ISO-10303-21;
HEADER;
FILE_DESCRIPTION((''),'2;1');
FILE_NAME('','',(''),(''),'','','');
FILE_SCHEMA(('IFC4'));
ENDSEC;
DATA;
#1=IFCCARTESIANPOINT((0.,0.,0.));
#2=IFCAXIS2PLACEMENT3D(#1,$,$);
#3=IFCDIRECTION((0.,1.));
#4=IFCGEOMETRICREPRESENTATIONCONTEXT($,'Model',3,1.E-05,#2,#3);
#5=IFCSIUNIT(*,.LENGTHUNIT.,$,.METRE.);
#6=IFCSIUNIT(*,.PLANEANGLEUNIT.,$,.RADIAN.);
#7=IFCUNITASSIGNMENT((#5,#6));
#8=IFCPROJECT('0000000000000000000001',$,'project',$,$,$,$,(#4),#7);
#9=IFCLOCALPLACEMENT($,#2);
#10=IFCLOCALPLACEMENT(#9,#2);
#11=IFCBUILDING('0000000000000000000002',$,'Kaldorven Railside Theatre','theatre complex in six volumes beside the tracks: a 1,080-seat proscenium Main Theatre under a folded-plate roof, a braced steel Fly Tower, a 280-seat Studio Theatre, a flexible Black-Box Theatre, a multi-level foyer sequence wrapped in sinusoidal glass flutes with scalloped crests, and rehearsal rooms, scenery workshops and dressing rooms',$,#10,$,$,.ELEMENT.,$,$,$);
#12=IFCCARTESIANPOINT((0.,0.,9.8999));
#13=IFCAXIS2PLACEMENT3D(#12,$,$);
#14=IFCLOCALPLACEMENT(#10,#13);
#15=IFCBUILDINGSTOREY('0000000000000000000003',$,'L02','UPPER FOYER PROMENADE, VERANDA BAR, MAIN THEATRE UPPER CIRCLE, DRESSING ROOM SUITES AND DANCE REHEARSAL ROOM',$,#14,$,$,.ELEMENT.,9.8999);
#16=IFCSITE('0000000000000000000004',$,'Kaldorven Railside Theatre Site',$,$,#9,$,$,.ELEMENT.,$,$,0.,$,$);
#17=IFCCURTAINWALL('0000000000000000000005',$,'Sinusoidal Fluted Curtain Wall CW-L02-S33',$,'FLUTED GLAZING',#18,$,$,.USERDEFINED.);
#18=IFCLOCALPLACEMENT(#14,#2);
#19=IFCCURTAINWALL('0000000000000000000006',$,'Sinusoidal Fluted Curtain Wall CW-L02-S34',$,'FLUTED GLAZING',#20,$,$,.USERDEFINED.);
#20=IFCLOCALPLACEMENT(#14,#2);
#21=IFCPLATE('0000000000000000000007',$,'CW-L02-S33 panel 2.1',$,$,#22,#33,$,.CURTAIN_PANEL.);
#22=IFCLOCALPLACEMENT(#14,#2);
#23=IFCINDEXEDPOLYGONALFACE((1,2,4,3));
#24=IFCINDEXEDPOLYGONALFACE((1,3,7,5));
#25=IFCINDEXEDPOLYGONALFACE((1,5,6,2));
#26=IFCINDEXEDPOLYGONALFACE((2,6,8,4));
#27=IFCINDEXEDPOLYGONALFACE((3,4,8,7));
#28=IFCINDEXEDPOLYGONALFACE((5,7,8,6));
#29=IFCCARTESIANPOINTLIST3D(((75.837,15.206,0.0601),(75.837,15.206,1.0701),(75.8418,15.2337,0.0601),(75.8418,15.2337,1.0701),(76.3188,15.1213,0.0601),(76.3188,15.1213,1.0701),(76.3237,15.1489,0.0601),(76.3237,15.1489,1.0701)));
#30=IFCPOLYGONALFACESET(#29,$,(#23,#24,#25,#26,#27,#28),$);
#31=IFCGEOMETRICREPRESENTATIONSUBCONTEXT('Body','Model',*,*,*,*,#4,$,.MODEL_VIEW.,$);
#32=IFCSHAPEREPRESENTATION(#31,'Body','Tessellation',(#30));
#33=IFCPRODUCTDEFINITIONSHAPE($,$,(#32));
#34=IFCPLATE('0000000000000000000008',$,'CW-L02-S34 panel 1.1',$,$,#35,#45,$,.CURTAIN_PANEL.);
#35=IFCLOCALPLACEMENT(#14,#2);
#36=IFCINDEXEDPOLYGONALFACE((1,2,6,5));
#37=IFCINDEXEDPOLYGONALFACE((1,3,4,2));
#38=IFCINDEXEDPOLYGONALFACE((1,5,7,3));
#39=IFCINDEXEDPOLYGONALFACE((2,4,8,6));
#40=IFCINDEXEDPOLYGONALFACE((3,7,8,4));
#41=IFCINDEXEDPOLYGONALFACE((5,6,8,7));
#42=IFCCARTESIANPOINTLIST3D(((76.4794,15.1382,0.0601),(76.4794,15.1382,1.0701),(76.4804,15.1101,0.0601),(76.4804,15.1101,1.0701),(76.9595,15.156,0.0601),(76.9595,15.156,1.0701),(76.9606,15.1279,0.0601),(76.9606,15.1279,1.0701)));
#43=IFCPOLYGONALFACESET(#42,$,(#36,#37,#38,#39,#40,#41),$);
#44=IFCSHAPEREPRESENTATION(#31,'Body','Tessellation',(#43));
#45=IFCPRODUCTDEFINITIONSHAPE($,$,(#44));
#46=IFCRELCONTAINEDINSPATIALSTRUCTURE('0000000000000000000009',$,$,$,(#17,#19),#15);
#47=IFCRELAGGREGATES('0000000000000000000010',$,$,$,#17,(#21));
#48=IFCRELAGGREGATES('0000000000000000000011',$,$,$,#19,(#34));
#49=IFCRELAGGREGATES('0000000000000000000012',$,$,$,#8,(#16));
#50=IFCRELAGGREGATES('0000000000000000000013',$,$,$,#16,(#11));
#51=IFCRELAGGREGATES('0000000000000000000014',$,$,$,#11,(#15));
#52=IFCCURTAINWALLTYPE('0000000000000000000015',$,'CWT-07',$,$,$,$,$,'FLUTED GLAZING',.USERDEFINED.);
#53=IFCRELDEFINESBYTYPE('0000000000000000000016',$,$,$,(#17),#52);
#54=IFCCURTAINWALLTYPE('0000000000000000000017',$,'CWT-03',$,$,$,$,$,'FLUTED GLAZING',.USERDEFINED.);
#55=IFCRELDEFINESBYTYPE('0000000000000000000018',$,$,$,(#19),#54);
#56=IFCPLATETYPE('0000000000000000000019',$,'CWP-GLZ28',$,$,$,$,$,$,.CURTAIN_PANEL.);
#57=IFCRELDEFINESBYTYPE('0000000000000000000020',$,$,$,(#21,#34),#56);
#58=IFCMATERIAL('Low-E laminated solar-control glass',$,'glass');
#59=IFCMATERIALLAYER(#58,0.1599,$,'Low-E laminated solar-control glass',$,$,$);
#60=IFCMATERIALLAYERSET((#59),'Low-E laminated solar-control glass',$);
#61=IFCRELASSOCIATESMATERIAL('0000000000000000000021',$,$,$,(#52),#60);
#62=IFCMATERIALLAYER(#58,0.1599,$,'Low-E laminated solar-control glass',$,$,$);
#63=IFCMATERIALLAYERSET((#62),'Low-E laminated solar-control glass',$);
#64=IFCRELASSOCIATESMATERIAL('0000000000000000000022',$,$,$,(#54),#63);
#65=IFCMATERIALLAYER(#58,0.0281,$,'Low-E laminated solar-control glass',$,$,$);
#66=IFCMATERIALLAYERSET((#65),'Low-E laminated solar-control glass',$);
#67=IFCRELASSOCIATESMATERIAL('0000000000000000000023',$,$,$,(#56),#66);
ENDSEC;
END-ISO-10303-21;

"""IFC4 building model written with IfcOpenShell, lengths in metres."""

from ifc_helpers import new_model, si_unit, direction, frame, origin, origin_2d, place, context, subcontext, project, spatial, rectangle, extrude, material, layer, layer_set, type_object, element, aggregate, save


model = new_model("IFC4")

# Units and contexts
model_context = context("Model", 3, precision=1e-05, world=origin(), true_north=direction((0.0, 1.0)))
body_context = subcontext(model_context, "Body", "Model", "MODEL_VIEW")
ifc_project = project(units=[si_unit("LENGTHUNIT", "METRE"), si_unit("PLANEANGLEUNIT", "RADIAN")], contexts=[model_context])

# Site, building, storey
site_placement = place(None, origin())
site = spatial("IfcSite", under=ifc_project, at=site_placement, Name="Kaldorven Railside Theatre Site", CompositionType="ELEMENT", RefElevation=0.0)
building_placement = place(site_placement, origin())
building = spatial("IfcBuilding", under=site, at=building_placement, Name="Kaldorven Railside Theatre", Description="theatre complex in six volumes beside the tracks: a 1,080-seat proscenium Main Theatre under a folded-plate roof, a braced steel Fly Tower, a 280-seat Studio Theatre, a flexible Black-Box Theatre, a multi-level foyer sequence wrapped in sinusoidal glass flutes with scalloped crests, and rehearsal rooms, scenery workshops and dressing rooms", CompositionType="ELEMENT")
storey_placement = place(building_placement, frame((0.0, 0.0, 9.8999)))
storey = spatial("IfcBuildingStorey", under=building, at=storey_placement, Name="L02", Description="UPPER FOYER PROMENADE, VERANDA BAR, MAIN THEATRE UPPER CIRCLE, DRESSING ROOM SUITES AND DANCE REHEARSAL ROOM", CompositionType="ELEMENT", Elevation=9.8999)

# Curtain walls
ifc_material_1 = material(Name="Low-E laminated solar-control glass", Category="glass")
ifc_layer_1 = layer(ifc_material_1, 0.1599, Name="Low-E laminated solar-control glass")
ifc_layer_set_1 = layer_set([ifc_layer_1], Name="Low-E laminated solar-control glass")
curtain_wall_type_1 = type_object("IfcCurtainWallType", Name="CWT-07", ElementType="FLUTED GLAZING", PredefinedType="USERDEFINED", material=ifc_layer_set_1)
curtain_wall_1_placement = place(storey_placement, origin())
curtain_wall_1 = element("IfcCurtainWall", 1, at=curtain_wall_1_placement, inside=storey, type_object=curtain_wall_type_1, Name="Sinusoidal Fluted Curtain Wall CW-L02-S33", ObjectType="FLUTED GLAZING", PredefinedType="USERDEFINED")
ifc_layer_2 = layer(ifc_material_1, 0.1599, Name="Low-E laminated solar-control glass")
ifc_layer_set_2 = layer_set([ifc_layer_2], Name="Low-E laminated solar-control glass")
curtain_wall_type_2 = type_object("IfcCurtainWallType", Name="CWT-03", ElementType="FLUTED GLAZING", PredefinedType="USERDEFINED", material=ifc_layer_set_2)
curtain_wall_2_placement = place(storey_placement, origin())
curtain_wall_2 = element("IfcCurtainWall", 2, at=curtain_wall_2_placement, inside=storey, type_object=curtain_wall_type_2, Name="Sinusoidal Fluted Curtain Wall CW-L02-S34", ObjectType="FLUTED GLAZING", PredefinedType="USERDEFINED")

# Plates
ifc_layer_3 = layer(ifc_material_1, 0.0281, Name="Low-E laminated solar-control glass")
ifc_layer_set_3 = layer_set([ifc_layer_3], Name="Low-E laminated solar-control glass")
plate_type = type_object("IfcPlateType", Name="CWP-GLZ28", PredefinedType="CURTAIN_PANEL", material=ifc_layer_set_3)
plate_1_placement = place(storey_placement, frame((76.0803, 15.1775, 0.0601), z_axis=(0.0, 0.0, 1.0), x_axis=(0.984877, -0.173256, 0.0)))
plate_1 = element("IfcPlate", 3, at=plate_1_placement, type_object=plate_type, Name="CW-L02-S33 panel 2.1", PredefinedType="CURTAIN_PANEL", context=body_context, shape_type="SweptSolid", body=[
    extrude(rectangle(XDim=0.4893, YDim=0.0281, at=origin_2d()), origin(), (0.0, 0.0, 1.0), 1.01),
])
aggregate(curtain_wall_1, [plate_1])
plate_2_placement = place(storey_placement, frame((76.72, 15.1331, 0.0601), z_axis=(0.0, 0.0, 1.0), x_axis=(0.999313, 0.037058, 0.0)))
plate_2 = element("IfcPlate", 4, at=plate_2_placement, type_object=plate_type, Name="CW-L02-S34 panel 1.1", PredefinedType="CURTAIN_PANEL", context=body_context, shape_type="SweptSolid", body=[
    extrude(rectangle(XDim=0.4805, YDim=0.0281, at=origin_2d()), origin(), (0.0, 0.0, 1.0), 1.01),
])
aggregate(curtain_wall_2, [plate_2])

save(model, "model.ifc")
